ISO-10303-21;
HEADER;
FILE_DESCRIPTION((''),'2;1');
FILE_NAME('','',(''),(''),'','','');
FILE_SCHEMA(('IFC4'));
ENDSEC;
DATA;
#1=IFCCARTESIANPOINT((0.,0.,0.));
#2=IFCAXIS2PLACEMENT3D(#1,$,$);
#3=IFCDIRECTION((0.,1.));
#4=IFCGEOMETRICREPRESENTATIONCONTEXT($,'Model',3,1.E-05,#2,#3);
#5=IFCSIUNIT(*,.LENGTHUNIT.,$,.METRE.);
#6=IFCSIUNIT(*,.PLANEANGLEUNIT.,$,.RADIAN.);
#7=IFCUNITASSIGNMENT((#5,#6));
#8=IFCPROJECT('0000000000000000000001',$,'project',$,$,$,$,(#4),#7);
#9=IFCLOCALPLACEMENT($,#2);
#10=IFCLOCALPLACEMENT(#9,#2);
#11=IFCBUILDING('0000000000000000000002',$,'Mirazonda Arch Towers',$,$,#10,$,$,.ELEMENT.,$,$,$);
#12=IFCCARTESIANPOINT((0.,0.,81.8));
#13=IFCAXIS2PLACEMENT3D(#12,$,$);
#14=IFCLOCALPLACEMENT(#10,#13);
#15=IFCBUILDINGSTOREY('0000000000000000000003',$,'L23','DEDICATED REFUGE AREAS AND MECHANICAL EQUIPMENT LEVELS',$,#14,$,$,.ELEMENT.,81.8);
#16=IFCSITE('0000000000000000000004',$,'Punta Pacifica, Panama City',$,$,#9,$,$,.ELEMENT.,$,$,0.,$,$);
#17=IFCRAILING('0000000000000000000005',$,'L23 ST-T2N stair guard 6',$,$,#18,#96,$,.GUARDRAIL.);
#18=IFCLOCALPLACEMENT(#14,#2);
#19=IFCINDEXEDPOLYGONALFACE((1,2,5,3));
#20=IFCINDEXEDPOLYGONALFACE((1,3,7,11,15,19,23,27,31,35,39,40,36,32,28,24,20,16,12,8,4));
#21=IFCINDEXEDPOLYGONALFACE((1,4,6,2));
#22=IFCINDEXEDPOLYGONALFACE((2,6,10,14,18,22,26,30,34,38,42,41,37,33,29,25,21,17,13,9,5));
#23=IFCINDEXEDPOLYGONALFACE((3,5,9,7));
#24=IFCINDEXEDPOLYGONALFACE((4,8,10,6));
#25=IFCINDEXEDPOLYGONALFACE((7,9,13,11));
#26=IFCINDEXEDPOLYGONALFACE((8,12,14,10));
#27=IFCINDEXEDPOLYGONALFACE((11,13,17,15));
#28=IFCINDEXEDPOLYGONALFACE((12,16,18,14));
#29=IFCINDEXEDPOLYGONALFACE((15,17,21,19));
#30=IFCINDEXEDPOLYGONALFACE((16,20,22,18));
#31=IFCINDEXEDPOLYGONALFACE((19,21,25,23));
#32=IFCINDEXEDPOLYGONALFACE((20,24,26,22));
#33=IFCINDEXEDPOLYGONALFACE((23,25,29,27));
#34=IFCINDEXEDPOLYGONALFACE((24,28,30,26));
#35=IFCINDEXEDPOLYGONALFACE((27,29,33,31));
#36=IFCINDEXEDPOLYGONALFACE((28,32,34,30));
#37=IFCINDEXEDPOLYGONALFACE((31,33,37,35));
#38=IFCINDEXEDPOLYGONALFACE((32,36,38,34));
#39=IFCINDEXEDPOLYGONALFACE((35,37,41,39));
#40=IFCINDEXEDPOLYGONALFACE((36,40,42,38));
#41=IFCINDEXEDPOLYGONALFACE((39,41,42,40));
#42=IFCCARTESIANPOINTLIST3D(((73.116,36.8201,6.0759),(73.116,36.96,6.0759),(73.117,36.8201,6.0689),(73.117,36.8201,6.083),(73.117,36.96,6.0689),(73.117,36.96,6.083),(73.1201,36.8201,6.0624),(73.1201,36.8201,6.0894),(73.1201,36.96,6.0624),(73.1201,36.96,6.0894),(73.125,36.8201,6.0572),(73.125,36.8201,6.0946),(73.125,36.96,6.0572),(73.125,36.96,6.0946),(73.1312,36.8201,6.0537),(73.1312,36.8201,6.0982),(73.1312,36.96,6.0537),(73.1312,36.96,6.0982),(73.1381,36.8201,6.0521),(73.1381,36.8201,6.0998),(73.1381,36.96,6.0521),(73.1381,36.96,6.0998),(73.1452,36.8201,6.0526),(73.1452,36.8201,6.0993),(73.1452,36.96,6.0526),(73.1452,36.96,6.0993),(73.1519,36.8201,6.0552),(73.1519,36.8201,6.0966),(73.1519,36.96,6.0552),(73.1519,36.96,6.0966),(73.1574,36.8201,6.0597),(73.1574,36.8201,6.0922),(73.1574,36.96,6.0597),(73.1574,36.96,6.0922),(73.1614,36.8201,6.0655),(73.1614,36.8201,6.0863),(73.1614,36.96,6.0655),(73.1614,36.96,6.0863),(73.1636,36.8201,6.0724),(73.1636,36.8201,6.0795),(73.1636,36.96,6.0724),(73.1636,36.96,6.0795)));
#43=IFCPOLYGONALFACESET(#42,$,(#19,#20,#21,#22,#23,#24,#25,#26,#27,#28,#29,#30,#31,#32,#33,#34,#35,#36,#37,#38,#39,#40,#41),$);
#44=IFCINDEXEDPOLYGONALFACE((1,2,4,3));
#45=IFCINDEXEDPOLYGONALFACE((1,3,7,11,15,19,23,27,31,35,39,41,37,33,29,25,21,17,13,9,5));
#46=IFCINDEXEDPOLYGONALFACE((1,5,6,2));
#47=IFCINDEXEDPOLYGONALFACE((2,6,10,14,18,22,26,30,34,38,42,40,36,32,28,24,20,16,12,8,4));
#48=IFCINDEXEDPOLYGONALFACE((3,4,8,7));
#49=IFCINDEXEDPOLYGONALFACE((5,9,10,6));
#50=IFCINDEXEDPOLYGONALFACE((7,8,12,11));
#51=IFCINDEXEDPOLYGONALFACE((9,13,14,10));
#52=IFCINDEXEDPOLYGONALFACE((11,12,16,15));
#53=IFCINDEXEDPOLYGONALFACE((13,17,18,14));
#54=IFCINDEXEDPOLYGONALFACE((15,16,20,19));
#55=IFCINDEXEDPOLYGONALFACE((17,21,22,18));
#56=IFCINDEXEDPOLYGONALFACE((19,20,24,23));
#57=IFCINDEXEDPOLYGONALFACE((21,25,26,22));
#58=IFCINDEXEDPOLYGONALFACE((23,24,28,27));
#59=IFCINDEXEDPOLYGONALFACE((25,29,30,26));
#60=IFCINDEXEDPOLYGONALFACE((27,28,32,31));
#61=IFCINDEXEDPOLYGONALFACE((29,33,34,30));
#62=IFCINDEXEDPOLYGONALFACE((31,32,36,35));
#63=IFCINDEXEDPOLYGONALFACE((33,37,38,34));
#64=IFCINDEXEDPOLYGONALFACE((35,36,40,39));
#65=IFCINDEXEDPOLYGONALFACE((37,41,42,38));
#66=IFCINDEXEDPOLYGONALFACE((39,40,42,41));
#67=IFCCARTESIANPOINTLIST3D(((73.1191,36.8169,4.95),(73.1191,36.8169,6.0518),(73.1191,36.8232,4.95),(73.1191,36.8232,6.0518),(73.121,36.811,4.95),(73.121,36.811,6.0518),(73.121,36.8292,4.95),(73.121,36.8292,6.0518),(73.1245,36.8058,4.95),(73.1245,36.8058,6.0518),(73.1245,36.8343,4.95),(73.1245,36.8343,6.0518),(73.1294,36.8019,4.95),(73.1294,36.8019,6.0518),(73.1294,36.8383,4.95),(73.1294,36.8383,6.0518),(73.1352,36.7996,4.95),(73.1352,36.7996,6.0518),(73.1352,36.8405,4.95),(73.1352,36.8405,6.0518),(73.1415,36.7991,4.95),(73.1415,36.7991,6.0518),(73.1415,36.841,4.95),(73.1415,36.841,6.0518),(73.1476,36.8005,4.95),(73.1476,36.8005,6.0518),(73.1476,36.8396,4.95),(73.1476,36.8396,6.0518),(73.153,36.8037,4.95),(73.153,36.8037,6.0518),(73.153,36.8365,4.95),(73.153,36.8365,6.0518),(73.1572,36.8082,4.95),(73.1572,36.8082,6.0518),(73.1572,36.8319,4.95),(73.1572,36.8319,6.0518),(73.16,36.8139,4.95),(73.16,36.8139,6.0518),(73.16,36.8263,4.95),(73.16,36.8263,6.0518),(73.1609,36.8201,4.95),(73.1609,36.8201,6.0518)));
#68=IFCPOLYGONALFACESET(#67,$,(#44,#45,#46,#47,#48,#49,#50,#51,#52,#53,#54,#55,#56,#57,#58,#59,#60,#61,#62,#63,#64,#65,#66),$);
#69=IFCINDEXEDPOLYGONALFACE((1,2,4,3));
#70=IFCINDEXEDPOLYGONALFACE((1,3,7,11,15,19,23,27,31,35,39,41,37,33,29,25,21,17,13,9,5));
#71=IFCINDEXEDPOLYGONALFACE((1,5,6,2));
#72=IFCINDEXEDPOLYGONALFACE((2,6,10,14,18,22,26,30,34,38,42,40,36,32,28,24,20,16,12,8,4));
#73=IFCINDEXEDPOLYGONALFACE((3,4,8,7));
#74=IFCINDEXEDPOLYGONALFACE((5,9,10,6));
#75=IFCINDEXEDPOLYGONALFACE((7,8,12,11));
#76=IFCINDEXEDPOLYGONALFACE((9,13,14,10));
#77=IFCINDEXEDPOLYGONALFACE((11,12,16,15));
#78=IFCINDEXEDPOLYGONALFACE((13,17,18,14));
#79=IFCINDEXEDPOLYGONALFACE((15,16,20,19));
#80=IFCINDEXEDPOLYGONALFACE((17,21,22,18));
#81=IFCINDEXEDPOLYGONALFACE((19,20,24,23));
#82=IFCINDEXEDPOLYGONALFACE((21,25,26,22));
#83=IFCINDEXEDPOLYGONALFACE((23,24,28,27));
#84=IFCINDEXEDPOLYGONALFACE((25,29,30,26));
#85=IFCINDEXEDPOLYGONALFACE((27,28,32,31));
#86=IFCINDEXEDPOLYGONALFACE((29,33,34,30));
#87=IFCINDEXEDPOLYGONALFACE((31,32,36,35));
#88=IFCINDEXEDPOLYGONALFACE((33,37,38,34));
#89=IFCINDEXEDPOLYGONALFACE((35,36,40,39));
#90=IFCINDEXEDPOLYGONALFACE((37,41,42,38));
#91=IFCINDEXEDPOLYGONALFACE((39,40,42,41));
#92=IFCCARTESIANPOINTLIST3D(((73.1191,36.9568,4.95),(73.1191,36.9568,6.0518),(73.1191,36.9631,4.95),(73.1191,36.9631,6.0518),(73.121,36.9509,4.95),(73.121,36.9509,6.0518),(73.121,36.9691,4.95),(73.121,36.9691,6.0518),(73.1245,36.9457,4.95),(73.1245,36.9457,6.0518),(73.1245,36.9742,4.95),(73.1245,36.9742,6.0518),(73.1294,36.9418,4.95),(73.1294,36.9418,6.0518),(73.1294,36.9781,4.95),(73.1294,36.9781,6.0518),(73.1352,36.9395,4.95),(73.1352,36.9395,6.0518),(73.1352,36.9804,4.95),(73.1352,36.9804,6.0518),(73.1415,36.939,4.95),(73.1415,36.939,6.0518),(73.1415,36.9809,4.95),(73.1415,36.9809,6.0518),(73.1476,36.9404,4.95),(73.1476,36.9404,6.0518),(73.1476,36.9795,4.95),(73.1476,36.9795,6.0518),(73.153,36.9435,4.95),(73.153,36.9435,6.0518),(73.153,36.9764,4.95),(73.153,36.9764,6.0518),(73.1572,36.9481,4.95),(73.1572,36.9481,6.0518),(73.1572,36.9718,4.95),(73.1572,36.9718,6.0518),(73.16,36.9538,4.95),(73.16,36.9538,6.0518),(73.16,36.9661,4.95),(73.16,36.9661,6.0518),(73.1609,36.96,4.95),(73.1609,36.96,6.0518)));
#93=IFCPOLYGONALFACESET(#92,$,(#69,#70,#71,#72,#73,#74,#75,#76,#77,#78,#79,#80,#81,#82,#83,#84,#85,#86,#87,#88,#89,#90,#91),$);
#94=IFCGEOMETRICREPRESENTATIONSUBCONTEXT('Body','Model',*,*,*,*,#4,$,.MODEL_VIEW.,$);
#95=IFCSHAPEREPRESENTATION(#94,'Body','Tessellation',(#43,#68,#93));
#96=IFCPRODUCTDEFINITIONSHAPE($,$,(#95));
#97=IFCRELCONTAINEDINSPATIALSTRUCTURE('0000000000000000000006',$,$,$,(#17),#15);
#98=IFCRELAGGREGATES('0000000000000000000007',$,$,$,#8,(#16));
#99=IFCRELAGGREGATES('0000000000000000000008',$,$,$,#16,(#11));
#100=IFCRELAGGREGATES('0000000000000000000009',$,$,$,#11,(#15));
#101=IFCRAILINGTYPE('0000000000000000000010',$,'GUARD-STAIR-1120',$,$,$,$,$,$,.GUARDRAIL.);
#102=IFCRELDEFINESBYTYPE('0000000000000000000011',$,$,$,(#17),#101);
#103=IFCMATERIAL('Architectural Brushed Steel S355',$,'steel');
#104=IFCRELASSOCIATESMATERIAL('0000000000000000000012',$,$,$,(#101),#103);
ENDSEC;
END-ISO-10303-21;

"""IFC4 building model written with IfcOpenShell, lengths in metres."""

from ifc_helpers import new_model, si_unit, direction, frame, origin, origin_2d, place, context, subcontext, project, spatial, circle, extrude, material, type_object, element, save


model = new_model("IFC4")

# Units and contexts
model_context = context("Model", 3, precision=1e-05, world=origin(), true_north=direction((0.0, 1.0)))
body_context = subcontext(model_context, "Body", "Model", "MODEL_VIEW")
ifc_project = project(units=[si_unit("LENGTHUNIT", "METRE"), si_unit("PLANEANGLEUNIT", "RADIAN")], contexts=[model_context])

# Site, building, storey
site_placement = place(None, origin())
site = spatial("IfcSite", under=ifc_project, at=site_placement, Name="Punta Pacifica, Panama City", CompositionType="ELEMENT", RefElevation=0.0)
building_placement = place(site_placement, origin())
building = spatial("IfcBuilding", under=site, at=building_placement, Name="Mirazonda Arch Towers", CompositionType="ELEMENT")
storey_placement = place(building_placement, frame((0.0, 0.0, 81.8)))
storey = spatial("IfcBuildingStorey", under=building, at=storey_placement, Name="L23", Description="DEDICATED REFUGE AREAS AND MECHANICAL EQUIPMENT LEVELS", CompositionType="ELEMENT", Elevation=81.8)

# Shared definitions
ifc_material_1 = material(Name="Architectural Brushed Steel S355", Category="steel")

# Railing
railing_type_1 = type_object("IfcRailingType", Name="GUARD-STAIR-1120", PredefinedType="GUARDRAIL", material=ifc_material_1)
railing_1_placement = place(storey_placement, frame((73.1399, 36.8201, 4.95)))
element("IfcRailing", 1, at=railing_1_placement, inside=storey, type_object=railing_type_1, Name="L23 ST-T2N stair guard 6", PredefinedType="GUARDRAIL", context=body_context, shape_type="SweptSolid", body=[
    extrude(circle(Radius=0.0239, at=origin_2d()), frame((0.0, 0.0, 1.126), z_axis=(0.0, 1.0, 0.0), x_axis=(-1.0, 0.0, 0.0)), (0.0, 0.0, 1.0), 0.1399),
    extrude(circle(Radius=0.021, at=origin_2d()), origin(), (0.0, 0.0, 1.0), 1.1018),
    extrude(circle(Radius=0.021, at=origin_2d()), frame((0.0, 0.1399, 0.0)), (0.0, 0.0, 1.0), 1.1018),
])

save(model, "model.ifc")
